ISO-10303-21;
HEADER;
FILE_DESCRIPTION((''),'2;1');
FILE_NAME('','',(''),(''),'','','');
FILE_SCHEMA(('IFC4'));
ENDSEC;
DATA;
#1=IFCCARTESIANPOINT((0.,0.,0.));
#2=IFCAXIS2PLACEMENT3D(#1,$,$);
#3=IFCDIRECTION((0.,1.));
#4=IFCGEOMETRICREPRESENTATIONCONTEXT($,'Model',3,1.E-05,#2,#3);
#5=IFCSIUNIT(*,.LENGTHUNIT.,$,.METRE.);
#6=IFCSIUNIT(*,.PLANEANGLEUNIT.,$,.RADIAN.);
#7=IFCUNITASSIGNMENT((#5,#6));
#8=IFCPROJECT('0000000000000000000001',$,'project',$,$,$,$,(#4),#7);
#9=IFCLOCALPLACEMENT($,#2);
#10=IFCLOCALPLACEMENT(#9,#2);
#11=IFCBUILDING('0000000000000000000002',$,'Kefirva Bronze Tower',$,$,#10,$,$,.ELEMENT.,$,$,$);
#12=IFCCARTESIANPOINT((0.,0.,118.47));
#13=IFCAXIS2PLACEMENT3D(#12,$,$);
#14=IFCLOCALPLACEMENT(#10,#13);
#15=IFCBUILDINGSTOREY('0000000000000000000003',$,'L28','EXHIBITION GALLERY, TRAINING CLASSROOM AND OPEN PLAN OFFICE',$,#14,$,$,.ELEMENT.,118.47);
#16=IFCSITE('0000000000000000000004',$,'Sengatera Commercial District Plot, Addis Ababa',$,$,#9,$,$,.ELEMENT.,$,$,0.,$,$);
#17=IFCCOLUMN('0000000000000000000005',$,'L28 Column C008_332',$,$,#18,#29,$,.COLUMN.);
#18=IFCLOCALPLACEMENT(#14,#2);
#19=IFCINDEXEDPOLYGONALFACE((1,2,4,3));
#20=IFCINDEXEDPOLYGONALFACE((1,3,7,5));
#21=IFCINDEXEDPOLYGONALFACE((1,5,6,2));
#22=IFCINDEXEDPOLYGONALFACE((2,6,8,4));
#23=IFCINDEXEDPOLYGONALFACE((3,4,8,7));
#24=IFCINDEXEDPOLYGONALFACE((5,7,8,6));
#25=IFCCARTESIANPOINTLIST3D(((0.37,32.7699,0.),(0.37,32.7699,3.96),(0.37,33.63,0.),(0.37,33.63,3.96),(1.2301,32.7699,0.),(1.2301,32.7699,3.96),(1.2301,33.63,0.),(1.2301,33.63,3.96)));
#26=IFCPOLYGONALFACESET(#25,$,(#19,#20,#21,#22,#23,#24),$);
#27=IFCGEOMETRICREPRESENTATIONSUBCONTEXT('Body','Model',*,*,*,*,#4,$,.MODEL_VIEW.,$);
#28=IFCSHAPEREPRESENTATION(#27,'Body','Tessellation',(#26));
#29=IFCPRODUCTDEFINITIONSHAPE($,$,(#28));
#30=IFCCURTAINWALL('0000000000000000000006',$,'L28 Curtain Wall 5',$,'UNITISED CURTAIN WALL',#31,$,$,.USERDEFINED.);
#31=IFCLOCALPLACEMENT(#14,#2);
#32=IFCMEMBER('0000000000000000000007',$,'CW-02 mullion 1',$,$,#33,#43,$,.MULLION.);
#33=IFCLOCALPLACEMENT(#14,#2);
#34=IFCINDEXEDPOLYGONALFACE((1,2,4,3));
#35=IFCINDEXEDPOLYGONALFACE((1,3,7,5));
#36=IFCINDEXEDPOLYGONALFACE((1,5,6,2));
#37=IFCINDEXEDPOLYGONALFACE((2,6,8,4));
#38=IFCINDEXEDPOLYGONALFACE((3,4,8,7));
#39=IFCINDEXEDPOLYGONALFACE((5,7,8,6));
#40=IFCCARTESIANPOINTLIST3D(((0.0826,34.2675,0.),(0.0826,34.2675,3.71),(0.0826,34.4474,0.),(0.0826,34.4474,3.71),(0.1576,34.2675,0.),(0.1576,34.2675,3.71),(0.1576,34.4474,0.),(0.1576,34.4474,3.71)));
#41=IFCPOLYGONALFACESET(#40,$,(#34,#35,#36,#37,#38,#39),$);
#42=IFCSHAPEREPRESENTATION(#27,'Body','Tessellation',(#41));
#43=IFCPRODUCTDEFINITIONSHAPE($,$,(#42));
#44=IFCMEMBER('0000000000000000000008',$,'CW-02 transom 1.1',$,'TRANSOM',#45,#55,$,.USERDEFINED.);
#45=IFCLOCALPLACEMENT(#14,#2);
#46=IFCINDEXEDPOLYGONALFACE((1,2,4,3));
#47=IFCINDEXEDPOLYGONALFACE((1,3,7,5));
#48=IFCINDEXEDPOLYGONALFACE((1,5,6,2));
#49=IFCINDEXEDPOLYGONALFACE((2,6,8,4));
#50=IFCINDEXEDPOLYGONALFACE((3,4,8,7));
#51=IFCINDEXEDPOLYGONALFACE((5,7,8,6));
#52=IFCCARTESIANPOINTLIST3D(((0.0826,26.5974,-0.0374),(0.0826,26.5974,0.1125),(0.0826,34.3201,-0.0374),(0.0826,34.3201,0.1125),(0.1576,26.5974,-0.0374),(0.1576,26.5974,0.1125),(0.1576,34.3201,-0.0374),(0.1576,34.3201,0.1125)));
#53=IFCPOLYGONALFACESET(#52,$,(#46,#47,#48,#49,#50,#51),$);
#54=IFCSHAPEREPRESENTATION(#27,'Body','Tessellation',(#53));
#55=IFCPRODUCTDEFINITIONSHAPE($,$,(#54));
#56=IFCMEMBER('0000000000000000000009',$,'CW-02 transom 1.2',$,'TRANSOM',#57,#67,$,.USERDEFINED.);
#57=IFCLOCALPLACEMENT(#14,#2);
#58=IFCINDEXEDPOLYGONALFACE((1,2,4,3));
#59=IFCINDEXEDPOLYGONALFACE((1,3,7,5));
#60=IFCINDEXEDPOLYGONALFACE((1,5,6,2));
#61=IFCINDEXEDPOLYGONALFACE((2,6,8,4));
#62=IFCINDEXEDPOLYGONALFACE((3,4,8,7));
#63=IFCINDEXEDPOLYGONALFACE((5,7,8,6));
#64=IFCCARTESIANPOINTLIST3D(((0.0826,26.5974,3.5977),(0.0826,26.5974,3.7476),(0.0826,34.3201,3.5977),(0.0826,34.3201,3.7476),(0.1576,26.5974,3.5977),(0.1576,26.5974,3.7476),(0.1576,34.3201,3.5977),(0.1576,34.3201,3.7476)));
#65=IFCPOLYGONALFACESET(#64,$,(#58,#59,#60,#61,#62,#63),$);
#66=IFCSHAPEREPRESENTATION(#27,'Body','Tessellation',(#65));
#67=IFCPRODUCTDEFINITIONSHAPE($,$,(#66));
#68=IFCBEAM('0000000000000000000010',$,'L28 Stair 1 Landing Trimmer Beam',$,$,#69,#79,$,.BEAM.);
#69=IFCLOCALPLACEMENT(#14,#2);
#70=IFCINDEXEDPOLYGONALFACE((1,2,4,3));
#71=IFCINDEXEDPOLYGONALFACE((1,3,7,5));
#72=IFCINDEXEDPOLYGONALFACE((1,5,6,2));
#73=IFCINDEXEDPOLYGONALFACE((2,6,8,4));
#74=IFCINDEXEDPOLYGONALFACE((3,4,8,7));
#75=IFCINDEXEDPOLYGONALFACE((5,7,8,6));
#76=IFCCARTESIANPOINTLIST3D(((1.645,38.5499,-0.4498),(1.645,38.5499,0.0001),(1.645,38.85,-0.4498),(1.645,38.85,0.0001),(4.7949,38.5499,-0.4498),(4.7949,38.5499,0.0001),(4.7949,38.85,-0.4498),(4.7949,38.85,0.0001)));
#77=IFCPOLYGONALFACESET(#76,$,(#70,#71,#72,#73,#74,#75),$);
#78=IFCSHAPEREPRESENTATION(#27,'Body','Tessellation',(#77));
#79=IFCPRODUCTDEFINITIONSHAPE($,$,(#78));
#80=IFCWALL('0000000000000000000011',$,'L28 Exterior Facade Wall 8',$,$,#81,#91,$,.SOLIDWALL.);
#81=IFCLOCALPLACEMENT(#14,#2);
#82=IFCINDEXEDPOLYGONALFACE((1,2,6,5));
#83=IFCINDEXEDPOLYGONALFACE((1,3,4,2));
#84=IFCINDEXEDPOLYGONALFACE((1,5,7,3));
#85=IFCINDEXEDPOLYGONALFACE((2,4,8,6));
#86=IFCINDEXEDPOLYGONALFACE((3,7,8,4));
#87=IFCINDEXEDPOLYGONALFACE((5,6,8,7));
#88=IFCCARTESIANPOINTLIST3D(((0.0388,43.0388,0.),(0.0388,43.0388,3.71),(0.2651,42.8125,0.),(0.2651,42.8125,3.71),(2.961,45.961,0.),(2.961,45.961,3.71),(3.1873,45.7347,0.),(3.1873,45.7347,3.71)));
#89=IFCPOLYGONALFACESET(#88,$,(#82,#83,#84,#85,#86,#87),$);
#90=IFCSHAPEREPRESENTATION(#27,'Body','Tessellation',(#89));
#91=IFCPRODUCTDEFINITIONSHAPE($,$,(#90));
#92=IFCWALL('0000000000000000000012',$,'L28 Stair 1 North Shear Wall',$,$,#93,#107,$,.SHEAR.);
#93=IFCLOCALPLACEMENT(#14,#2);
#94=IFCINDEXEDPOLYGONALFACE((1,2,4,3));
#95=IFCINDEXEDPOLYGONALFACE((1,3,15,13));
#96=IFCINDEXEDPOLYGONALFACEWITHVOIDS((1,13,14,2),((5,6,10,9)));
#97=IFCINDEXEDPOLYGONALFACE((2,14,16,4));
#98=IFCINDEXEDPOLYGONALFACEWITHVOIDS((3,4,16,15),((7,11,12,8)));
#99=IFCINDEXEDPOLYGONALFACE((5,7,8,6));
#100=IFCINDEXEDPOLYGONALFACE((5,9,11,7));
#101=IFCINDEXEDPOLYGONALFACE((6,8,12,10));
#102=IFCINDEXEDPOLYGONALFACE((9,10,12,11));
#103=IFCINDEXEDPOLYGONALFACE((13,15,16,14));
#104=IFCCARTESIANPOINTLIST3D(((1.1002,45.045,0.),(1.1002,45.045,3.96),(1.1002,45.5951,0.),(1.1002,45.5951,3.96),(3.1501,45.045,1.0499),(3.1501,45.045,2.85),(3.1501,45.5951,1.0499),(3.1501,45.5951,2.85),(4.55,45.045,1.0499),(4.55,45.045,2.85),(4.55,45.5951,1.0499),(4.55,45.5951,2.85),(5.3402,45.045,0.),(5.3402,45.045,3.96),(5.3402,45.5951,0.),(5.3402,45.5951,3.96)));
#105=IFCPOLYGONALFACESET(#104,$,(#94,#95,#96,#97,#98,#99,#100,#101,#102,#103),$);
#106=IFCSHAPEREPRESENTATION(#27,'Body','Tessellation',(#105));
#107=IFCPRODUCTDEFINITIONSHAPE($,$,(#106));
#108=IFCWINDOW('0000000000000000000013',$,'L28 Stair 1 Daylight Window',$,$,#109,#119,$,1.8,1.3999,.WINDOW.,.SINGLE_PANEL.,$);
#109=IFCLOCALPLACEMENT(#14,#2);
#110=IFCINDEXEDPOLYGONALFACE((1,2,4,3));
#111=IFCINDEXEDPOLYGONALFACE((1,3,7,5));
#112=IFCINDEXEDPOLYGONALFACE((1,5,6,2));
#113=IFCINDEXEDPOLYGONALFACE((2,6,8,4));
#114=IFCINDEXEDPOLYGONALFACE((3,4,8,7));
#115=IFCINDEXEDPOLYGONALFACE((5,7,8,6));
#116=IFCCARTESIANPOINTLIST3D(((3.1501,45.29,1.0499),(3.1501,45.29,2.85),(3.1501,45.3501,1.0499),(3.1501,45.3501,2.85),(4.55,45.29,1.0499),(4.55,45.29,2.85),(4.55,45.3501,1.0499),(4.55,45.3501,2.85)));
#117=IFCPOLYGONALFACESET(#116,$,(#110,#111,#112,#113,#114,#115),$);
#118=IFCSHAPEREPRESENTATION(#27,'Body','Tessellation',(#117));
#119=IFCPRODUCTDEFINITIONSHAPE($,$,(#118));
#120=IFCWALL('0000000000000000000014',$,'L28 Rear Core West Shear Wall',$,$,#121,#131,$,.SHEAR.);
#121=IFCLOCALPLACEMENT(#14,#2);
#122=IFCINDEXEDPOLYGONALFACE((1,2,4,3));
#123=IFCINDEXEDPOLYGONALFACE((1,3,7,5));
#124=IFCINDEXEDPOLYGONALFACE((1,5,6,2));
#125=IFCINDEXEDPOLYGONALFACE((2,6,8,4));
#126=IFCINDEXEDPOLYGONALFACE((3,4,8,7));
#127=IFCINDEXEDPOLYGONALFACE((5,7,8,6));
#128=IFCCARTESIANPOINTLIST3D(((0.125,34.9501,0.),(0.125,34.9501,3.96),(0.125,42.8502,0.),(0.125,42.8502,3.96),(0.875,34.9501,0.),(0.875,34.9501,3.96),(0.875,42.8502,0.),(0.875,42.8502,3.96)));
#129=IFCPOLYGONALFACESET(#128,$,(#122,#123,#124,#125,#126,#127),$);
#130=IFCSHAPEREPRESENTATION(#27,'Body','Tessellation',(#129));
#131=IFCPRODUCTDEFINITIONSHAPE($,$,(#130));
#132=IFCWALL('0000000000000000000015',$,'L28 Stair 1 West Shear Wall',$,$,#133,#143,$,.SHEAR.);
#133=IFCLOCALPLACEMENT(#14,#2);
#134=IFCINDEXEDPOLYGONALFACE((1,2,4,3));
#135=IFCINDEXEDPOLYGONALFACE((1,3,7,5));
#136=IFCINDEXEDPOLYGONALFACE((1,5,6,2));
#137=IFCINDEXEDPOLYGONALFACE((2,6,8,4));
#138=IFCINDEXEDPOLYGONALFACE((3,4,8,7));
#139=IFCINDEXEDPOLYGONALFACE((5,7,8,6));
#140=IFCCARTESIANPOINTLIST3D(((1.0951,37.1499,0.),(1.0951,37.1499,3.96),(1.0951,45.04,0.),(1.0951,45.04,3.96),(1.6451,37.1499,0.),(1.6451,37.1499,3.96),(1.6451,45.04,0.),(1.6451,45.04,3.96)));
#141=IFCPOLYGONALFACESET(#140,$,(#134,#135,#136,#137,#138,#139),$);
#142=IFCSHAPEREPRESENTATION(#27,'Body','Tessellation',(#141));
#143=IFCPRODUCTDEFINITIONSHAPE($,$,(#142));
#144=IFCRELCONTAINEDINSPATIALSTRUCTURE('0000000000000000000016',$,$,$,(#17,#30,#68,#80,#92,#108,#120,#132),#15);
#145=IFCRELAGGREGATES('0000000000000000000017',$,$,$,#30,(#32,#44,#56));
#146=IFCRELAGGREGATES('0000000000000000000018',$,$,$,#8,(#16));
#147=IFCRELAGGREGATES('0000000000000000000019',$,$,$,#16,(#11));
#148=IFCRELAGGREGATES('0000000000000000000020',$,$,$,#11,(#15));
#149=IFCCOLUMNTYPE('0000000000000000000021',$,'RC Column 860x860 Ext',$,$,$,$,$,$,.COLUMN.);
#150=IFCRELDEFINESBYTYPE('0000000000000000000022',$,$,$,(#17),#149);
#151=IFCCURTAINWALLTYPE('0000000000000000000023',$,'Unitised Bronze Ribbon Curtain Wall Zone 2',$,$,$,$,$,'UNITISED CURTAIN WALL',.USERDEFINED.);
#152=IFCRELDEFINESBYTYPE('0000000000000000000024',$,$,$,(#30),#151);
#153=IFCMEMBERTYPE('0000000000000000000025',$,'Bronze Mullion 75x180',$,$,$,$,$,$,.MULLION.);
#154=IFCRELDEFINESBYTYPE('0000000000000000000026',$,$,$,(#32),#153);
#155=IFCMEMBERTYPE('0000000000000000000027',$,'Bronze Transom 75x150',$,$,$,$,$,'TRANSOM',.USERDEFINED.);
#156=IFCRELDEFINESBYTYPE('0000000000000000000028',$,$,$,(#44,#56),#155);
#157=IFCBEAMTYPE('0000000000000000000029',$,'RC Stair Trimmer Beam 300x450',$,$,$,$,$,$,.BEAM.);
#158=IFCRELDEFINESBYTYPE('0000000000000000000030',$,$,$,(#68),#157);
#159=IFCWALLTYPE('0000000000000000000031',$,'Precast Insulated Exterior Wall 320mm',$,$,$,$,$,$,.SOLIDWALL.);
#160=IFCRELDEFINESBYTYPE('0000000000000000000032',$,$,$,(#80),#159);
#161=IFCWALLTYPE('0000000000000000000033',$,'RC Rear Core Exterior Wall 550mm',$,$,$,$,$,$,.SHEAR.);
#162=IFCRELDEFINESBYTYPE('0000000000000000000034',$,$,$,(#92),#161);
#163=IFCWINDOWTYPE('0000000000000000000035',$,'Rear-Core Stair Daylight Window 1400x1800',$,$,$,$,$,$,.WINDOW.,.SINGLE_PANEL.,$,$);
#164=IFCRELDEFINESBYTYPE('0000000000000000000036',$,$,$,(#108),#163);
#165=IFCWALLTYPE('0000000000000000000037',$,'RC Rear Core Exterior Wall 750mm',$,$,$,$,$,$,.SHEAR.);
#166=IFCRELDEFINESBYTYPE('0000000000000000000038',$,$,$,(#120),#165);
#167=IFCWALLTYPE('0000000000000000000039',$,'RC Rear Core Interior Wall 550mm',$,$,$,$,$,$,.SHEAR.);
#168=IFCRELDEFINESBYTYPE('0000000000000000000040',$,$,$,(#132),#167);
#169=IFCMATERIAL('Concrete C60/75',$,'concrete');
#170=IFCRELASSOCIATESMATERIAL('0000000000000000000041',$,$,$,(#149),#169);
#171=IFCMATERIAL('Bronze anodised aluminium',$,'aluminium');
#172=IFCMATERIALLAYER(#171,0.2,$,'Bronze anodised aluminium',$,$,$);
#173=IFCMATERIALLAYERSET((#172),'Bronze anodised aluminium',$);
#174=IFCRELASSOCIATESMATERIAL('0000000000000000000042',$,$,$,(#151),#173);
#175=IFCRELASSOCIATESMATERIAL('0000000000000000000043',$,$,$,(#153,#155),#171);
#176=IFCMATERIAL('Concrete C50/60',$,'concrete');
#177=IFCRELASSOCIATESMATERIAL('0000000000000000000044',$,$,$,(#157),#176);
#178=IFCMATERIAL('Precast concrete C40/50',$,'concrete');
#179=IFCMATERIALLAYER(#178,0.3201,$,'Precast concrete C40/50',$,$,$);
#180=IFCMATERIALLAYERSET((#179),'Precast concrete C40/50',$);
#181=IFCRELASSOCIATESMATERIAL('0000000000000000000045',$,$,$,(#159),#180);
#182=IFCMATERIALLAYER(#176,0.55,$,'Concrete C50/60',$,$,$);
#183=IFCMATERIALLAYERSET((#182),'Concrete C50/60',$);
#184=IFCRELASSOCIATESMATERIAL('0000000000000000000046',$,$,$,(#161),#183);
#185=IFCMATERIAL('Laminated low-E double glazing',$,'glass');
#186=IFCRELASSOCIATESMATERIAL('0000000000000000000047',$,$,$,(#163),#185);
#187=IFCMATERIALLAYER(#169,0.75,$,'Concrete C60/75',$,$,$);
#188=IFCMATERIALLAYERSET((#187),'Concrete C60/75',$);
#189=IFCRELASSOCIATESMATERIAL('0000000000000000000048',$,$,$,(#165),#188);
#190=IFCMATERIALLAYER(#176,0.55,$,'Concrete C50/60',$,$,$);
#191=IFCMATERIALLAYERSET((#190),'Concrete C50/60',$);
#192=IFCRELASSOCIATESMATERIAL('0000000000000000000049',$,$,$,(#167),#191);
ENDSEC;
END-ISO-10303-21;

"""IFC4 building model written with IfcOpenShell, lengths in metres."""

from ifc_helpers import new_model, si_unit, direction, frame, frame_2d, origin, origin_2d, place, context, subcontext, project, spatial, rectangle, extrude, material, layer, layer_set, material_profile, profile_set, type_object, element, fill, aggregate, save


model = new_model("IFC4")

# Units and contexts
model_context = context("Model", 3, precision=1e-05, world=origin(), true_north=direction((0.0, 1.0)))
body_context = subcontext(model_context, "Body", "Model", "MODEL_VIEW")
ifc_project = project(units=[si_unit("LENGTHUNIT", "METRE"), si_unit("PLANEANGLEUNIT", "RADIAN")], contexts=[model_context])

# Site, building, storey
site_placement = place(None, origin())
site = spatial("IfcSite", under=ifc_project, at=site_placement, Name="Sengatera Commercial District Plot, Addis Ababa", CompositionType="ELEMENT", RefElevation=0.0)
building_placement = place(site_placement, origin())
building = spatial("IfcBuilding", under=site, at=building_placement, Name="Kefirva Bronze Tower", CompositionType="ELEMENT")
storey_placement = place(building_placement, frame((0.0, 0.0, 118.47)))
storey = spatial("IfcBuildingStorey", under=building, at=storey_placement, Name="L28", Description="EXHIBITION GALLERY, TRAINING CLASSROOM AND OPEN PLAN OFFICE", CompositionType="ELEMENT", Elevation=118.47)

# Column
ifc_material_1 = material(Name="Concrete C60/75", Category="concrete")
ifc_material_profile_1 = material_profile(ifc_material_1, rectangle(XDim=0.8601, YDim=0.8601, at=origin_2d()), Name="RC 860x860")
ifc_profile_set_1 = profile_set([ifc_material_profile_1], Name="Concrete C60/75")
column_type = type_object("IfcColumnType", Name="RC Column 860x860 Ext", PredefinedType="COLUMN", material=ifc_profile_set_1)
column_placement = place(storey_placement, frame((0.8, 33.2, 0.0), z_axis=(0.0, 0.0, 1.0), x_axis=(1.0, 0.0, 0.0)))
element("IfcColumn", 1, at=column_placement, inside=storey, type_object=column_type, Name="L28 Column C008_332", PredefinedType="COLUMN", context=body_context, shape_type="SweptSolid", body=[
    extrude(rectangle(XDim=0.8601, YDim=0.8601, at=origin_2d()), origin(), (0.0, 0.0, 1.0), 3.96),
])

# Curtain wall, members
ifc_material_2 = material(Name="Bronze anodised aluminium", Category="aluminium")
ifc_layer_1 = layer(ifc_material_2, 0.2, Name="Bronze anodised aluminium")
ifc_layer_set_1 = layer_set([ifc_layer_1], Name="Bronze anodised aluminium")
curtain_wall_type = type_object("IfcCurtainWallType", Name="Unitised Bronze Ribbon Curtain Wall Zone 2", ElementType="UNITISED CURTAIN WALL", PredefinedType="USERDEFINED", material=ifc_layer_set_1)
curtain_wall_placement = place(storey_placement, origin())
curtain_wall = element("IfcCurtainWall", 2, at=curtain_wall_placement, inside=storey, type_object=curtain_wall_type, Name="L28 Curtain Wall 5", ObjectType="UNITISED CURTAIN WALL", PredefinedType="USERDEFINED")
ifc_material_profile_2 = material_profile(ifc_material_2, rectangle(XDim=0.075, YDim=0.1799, at=origin_2d()), Name="ALU 75x180")
ifc_profile_set_2 = profile_set([ifc_material_profile_2], Name="Bronze anodised aluminium")
member_type_1 = type_object("IfcMemberType", Name="Bronze Mullion 75x180", PredefinedType="MULLION", material=ifc_profile_set_2)
member_1_placement = place(storey_placement, frame((0.1201, 34.3574, 0.0), z_axis=(0.0, 0.0, 1.0), x_axis=(1.0, 0.0, 0.0)))
member_1 = element("IfcMember", 3, at=member_1_placement, type_object=member_type_1, Name="CW-02 mullion 1", PredefinedType="MULLION", context=body_context, shape_type="SweptSolid", body=[
    extrude(rectangle(XDim=0.075, YDim=0.1799, at=origin_2d()), origin(), (0.0, 0.0, 1.0), 3.71),
])
ifc_material_profile_3 = material_profile(ifc_material_2, rectangle(XDim=0.075, YDim=0.1499, at=origin_2d()), Name="ALU 75x150")
ifc_profile_set_3 = profile_set([ifc_material_profile_3], Name="Bronze anodised aluminium")
member_type_2 = type_object("IfcMemberType", Name="Bronze Transom 75x150", ElementType="TRANSOM", PredefinedType="USERDEFINED", material=ifc_profile_set_3)
member_2_placement = place(storey_placement, frame((0.1201, 34.3201, 0.0376), z_axis=(0.0, -1.0, 0.0), x_axis=(1.0, 0.0, 0.0)))
member_2 = element("IfcMember", 4, at=member_2_placement, type_object=member_type_2, Name="CW-02 transom 1.1", ObjectType="TRANSOM", PredefinedType="USERDEFINED", context=body_context, shape_type="SweptSolid", body=[
    extrude(rectangle(XDim=0.075, YDim=0.1499, at=origin_2d()), origin(), (0.0, 0.0, 1.0), 7.7227),
])
member_3_placement = place(storey_placement, frame((0.1201, 34.3201, 3.6726), z_axis=(0.0, -1.0, 0.0), x_axis=(1.0, 0.0, 0.0)))
member_3 = element("IfcMember", 5, at=member_3_placement, type_object=member_type_2, Name="CW-02 transom 1.2", ObjectType="TRANSOM", PredefinedType="USERDEFINED", context=body_context, shape_type="SweptSolid", body=[
    extrude(rectangle(XDim=0.075, YDim=0.1499, at=origin_2d()), origin(), (0.0, 0.0, 1.0), 7.7227),
])
aggregate(curtain_wall, [member_1, member_2, member_3])

# Beam
ifc_material_3 = material(Name="Concrete C50/60", Category="concrete")
ifc_material_profile_4 = material_profile(ifc_material_3, rectangle(XDim=0.3, YDim=0.45, at=origin_2d()), Name="RC 300x450")
ifc_profile_set_4 = profile_set([ifc_material_profile_4], Name="Concrete C50/60")
beam_type = type_object("IfcBeamType", Name="RC Stair Trimmer Beam 300x450", PredefinedType="BEAM", material=ifc_profile_set_4)
beam_placement = place(storey_placement, frame((1.645, 38.7, -0.2249), z_axis=(1.0, 0.0, 0.0), x_axis=(0.0, 1.0, 0.0)))
element("IfcBeam", 6, at=beam_placement, inside=storey, type_object=beam_type, Name="L28 Stair 1 Landing Trimmer Beam", PredefinedType="BEAM", context=body_context, shape_type="SweptSolid", body=[
    extrude(rectangle(XDim=0.3, YDim=0.45, at=origin_2d()), origin(), (0.0, 0.0, 1.0), 3.1499),
])

# Wall
ifc_material_4 = material(Name="Precast concrete C40/50", Category="concrete")
ifc_layer_2 = layer(ifc_material_4, 0.3201, Name="Precast concrete C40/50")
ifc_layer_set_2 = layer_set([ifc_layer_2], Name="Precast concrete C40/50")
wall_type_1 = type_object("IfcWallType", Name="Precast Insulated Exterior Wall 320mm", PredefinedType="SOLIDWALL", material=ifc_layer_set_2)
wall_1_placement = place(storey_placement, frame((3.0742, 45.8479, 0.0), z_axis=(0.0, 0.0, 1.0), x_axis=(-0.707107, -0.707107, 0.0)))
element("IfcWall", 7, at=wall_1_placement, inside=storey, type_object=wall_type_1, Name="L28 Exterior Facade Wall 8", PredefinedType="SOLIDWALL", context=body_context, shape_type="SweptSolid", body=[
    extrude(rectangle(XDim=4.1326, YDim=0.3201, at=frame_2d((2.0664, 0.0))), origin(), (0.0, 0.0, 1.0), 3.71),
])

# Wall, opening, window
ifc_layer_3 = layer(ifc_material_3, 0.55, Name="Concrete C50/60")
ifc_layer_set_3 = layer_set([ifc_layer_3], Name="Concrete C50/60")
wall_type_2 = type_object("IfcWallType", Name="RC Rear Core Exterior Wall 550mm", PredefinedType="SHEAR", material=ifc_layer_set_3)
wall_2_placement = place(storey_placement, frame((1.1001, 45.3201, 0.0), z_axis=(0.0, 0.0, 1.0), x_axis=(1.0, 0.0, 0.0)))
wall_2 = element("IfcWall", 8, at=wall_2_placement, inside=storey, type_object=wall_type_2, Name="L28 Stair 1 North Shear Wall", PredefinedType="SHEAR", context=body_context, shape_type="SweptSolid", body=[
    extrude(rectangle(XDim=4.24, YDim=0.55, at=frame_2d((2.1201, 0.0))), origin(), (0.0, 0.0, 1.0), 3.96),
])
opening_1_placement = place(wall_2_placement, frame((2.05, 0.0, 1.05)))
opening_1 = element("IfcOpeningElement", 9, at=opening_1_placement, cuts=wall_2, PredefinedType="OPENING", context=body_context, shape_type="SweptSolid", body=[
    extrude(rectangle(XDim=1.3999, YDim=1.8, at=frame_2d((0.7, 0.8999))), frame((0.0, 0.2852, 0.0), z_axis=(0.0, -1.0, 0.0), x_axis=(1.0, 0.0, 0.0)), (0.0, 0.0, 1.0), 0.5701),
])
ifc_material_5 = material(Name="Laminated low-E double glazing", Category="glass")
window_type = type_object("IfcWindowType", Name="Rear-Core Stair Daylight Window 1400x1800", PartitioningType="SINGLE_PANEL", PredefinedType="WINDOW", material=ifc_material_5)
window_placement = place(opening_1_placement, origin())
window = element("IfcWindow", 10, at=window_placement, inside=storey, type_object=window_type, Name="L28 Stair 1 Daylight Window", OverallHeight=1.8, OverallWidth=1.3999, PartitioningType="SINGLE_PANEL", PredefinedType="WINDOW", context=body_context, shape_type="SweptSolid", body=[
    extrude(rectangle(XDim=1.3999, YDim=1.8, at=frame_2d((0.7, 0.8999))), frame((0.0, 0.03, 0.0), z_axis=(0.0, -1.0, 0.0), x_axis=(1.0, 0.0, 0.0)), (0.0, 0.0, 1.0), 0.0601),
])
fill(opening_1, window)

# Walls
ifc_layer_4 = layer(ifc_material_1, 0.75, Name="Concrete C60/75")
ifc_layer_set_4 = layer_set([ifc_layer_4], Name="Concrete C60/75")
wall_type_3 = type_object("IfcWallType", Name="RC Rear Core Exterior Wall 750mm", PredefinedType="SHEAR", material=ifc_layer_set_4)
wall_3_placement = place(storey_placement, frame((0.5, 34.95, 0.0), z_axis=(0.0, 0.0, 1.0), x_axis=(0.0, 1.0, 0.0)))
element("IfcWall", 11, at=wall_3_placement, inside=storey, type_object=wall_type_3, Name="L28 Rear Core West Shear Wall", PredefinedType="SHEAR", context=body_context, shape_type="SweptSolid", body=[
    extrude(rectangle(XDim=7.9001, YDim=0.75, at=frame_2d((3.9502, 0.0))), origin(), (0.0, 0.0, 1.0), 3.96),
])
ifc_layer_5 = layer(ifc_material_3, 0.55, Name="Concrete C50/60")
ifc_layer_set_5 = layer_set([ifc_layer_5], Name="Concrete C50/60")
wall_type_4 = type_object("IfcWallType", Name="RC Rear Core Interior Wall 550mm", PredefinedType="SHEAR", material=ifc_layer_set_5)
wall_4_placement = place(storey_placement, frame((1.3701, 37.1499, 0.0), z_axis=(0.0, 0.0, 1.0), x_axis=(0.0, 1.0, 0.0)))
element("IfcWall", 12, at=wall_4_placement, inside=storey, type_object=wall_type_4, Name="L28 Stair 1 West Shear Wall", PredefinedType="SHEAR", context=body_context, shape_type="SweptSolid", body=[
    extrude(rectangle(XDim=7.8901, YDim=0.55, at=frame_2d((3.9451, 0.0))), origin(), (0.0, 0.0, 1.0), 3.96),
])

save(model, "model.ifc")
